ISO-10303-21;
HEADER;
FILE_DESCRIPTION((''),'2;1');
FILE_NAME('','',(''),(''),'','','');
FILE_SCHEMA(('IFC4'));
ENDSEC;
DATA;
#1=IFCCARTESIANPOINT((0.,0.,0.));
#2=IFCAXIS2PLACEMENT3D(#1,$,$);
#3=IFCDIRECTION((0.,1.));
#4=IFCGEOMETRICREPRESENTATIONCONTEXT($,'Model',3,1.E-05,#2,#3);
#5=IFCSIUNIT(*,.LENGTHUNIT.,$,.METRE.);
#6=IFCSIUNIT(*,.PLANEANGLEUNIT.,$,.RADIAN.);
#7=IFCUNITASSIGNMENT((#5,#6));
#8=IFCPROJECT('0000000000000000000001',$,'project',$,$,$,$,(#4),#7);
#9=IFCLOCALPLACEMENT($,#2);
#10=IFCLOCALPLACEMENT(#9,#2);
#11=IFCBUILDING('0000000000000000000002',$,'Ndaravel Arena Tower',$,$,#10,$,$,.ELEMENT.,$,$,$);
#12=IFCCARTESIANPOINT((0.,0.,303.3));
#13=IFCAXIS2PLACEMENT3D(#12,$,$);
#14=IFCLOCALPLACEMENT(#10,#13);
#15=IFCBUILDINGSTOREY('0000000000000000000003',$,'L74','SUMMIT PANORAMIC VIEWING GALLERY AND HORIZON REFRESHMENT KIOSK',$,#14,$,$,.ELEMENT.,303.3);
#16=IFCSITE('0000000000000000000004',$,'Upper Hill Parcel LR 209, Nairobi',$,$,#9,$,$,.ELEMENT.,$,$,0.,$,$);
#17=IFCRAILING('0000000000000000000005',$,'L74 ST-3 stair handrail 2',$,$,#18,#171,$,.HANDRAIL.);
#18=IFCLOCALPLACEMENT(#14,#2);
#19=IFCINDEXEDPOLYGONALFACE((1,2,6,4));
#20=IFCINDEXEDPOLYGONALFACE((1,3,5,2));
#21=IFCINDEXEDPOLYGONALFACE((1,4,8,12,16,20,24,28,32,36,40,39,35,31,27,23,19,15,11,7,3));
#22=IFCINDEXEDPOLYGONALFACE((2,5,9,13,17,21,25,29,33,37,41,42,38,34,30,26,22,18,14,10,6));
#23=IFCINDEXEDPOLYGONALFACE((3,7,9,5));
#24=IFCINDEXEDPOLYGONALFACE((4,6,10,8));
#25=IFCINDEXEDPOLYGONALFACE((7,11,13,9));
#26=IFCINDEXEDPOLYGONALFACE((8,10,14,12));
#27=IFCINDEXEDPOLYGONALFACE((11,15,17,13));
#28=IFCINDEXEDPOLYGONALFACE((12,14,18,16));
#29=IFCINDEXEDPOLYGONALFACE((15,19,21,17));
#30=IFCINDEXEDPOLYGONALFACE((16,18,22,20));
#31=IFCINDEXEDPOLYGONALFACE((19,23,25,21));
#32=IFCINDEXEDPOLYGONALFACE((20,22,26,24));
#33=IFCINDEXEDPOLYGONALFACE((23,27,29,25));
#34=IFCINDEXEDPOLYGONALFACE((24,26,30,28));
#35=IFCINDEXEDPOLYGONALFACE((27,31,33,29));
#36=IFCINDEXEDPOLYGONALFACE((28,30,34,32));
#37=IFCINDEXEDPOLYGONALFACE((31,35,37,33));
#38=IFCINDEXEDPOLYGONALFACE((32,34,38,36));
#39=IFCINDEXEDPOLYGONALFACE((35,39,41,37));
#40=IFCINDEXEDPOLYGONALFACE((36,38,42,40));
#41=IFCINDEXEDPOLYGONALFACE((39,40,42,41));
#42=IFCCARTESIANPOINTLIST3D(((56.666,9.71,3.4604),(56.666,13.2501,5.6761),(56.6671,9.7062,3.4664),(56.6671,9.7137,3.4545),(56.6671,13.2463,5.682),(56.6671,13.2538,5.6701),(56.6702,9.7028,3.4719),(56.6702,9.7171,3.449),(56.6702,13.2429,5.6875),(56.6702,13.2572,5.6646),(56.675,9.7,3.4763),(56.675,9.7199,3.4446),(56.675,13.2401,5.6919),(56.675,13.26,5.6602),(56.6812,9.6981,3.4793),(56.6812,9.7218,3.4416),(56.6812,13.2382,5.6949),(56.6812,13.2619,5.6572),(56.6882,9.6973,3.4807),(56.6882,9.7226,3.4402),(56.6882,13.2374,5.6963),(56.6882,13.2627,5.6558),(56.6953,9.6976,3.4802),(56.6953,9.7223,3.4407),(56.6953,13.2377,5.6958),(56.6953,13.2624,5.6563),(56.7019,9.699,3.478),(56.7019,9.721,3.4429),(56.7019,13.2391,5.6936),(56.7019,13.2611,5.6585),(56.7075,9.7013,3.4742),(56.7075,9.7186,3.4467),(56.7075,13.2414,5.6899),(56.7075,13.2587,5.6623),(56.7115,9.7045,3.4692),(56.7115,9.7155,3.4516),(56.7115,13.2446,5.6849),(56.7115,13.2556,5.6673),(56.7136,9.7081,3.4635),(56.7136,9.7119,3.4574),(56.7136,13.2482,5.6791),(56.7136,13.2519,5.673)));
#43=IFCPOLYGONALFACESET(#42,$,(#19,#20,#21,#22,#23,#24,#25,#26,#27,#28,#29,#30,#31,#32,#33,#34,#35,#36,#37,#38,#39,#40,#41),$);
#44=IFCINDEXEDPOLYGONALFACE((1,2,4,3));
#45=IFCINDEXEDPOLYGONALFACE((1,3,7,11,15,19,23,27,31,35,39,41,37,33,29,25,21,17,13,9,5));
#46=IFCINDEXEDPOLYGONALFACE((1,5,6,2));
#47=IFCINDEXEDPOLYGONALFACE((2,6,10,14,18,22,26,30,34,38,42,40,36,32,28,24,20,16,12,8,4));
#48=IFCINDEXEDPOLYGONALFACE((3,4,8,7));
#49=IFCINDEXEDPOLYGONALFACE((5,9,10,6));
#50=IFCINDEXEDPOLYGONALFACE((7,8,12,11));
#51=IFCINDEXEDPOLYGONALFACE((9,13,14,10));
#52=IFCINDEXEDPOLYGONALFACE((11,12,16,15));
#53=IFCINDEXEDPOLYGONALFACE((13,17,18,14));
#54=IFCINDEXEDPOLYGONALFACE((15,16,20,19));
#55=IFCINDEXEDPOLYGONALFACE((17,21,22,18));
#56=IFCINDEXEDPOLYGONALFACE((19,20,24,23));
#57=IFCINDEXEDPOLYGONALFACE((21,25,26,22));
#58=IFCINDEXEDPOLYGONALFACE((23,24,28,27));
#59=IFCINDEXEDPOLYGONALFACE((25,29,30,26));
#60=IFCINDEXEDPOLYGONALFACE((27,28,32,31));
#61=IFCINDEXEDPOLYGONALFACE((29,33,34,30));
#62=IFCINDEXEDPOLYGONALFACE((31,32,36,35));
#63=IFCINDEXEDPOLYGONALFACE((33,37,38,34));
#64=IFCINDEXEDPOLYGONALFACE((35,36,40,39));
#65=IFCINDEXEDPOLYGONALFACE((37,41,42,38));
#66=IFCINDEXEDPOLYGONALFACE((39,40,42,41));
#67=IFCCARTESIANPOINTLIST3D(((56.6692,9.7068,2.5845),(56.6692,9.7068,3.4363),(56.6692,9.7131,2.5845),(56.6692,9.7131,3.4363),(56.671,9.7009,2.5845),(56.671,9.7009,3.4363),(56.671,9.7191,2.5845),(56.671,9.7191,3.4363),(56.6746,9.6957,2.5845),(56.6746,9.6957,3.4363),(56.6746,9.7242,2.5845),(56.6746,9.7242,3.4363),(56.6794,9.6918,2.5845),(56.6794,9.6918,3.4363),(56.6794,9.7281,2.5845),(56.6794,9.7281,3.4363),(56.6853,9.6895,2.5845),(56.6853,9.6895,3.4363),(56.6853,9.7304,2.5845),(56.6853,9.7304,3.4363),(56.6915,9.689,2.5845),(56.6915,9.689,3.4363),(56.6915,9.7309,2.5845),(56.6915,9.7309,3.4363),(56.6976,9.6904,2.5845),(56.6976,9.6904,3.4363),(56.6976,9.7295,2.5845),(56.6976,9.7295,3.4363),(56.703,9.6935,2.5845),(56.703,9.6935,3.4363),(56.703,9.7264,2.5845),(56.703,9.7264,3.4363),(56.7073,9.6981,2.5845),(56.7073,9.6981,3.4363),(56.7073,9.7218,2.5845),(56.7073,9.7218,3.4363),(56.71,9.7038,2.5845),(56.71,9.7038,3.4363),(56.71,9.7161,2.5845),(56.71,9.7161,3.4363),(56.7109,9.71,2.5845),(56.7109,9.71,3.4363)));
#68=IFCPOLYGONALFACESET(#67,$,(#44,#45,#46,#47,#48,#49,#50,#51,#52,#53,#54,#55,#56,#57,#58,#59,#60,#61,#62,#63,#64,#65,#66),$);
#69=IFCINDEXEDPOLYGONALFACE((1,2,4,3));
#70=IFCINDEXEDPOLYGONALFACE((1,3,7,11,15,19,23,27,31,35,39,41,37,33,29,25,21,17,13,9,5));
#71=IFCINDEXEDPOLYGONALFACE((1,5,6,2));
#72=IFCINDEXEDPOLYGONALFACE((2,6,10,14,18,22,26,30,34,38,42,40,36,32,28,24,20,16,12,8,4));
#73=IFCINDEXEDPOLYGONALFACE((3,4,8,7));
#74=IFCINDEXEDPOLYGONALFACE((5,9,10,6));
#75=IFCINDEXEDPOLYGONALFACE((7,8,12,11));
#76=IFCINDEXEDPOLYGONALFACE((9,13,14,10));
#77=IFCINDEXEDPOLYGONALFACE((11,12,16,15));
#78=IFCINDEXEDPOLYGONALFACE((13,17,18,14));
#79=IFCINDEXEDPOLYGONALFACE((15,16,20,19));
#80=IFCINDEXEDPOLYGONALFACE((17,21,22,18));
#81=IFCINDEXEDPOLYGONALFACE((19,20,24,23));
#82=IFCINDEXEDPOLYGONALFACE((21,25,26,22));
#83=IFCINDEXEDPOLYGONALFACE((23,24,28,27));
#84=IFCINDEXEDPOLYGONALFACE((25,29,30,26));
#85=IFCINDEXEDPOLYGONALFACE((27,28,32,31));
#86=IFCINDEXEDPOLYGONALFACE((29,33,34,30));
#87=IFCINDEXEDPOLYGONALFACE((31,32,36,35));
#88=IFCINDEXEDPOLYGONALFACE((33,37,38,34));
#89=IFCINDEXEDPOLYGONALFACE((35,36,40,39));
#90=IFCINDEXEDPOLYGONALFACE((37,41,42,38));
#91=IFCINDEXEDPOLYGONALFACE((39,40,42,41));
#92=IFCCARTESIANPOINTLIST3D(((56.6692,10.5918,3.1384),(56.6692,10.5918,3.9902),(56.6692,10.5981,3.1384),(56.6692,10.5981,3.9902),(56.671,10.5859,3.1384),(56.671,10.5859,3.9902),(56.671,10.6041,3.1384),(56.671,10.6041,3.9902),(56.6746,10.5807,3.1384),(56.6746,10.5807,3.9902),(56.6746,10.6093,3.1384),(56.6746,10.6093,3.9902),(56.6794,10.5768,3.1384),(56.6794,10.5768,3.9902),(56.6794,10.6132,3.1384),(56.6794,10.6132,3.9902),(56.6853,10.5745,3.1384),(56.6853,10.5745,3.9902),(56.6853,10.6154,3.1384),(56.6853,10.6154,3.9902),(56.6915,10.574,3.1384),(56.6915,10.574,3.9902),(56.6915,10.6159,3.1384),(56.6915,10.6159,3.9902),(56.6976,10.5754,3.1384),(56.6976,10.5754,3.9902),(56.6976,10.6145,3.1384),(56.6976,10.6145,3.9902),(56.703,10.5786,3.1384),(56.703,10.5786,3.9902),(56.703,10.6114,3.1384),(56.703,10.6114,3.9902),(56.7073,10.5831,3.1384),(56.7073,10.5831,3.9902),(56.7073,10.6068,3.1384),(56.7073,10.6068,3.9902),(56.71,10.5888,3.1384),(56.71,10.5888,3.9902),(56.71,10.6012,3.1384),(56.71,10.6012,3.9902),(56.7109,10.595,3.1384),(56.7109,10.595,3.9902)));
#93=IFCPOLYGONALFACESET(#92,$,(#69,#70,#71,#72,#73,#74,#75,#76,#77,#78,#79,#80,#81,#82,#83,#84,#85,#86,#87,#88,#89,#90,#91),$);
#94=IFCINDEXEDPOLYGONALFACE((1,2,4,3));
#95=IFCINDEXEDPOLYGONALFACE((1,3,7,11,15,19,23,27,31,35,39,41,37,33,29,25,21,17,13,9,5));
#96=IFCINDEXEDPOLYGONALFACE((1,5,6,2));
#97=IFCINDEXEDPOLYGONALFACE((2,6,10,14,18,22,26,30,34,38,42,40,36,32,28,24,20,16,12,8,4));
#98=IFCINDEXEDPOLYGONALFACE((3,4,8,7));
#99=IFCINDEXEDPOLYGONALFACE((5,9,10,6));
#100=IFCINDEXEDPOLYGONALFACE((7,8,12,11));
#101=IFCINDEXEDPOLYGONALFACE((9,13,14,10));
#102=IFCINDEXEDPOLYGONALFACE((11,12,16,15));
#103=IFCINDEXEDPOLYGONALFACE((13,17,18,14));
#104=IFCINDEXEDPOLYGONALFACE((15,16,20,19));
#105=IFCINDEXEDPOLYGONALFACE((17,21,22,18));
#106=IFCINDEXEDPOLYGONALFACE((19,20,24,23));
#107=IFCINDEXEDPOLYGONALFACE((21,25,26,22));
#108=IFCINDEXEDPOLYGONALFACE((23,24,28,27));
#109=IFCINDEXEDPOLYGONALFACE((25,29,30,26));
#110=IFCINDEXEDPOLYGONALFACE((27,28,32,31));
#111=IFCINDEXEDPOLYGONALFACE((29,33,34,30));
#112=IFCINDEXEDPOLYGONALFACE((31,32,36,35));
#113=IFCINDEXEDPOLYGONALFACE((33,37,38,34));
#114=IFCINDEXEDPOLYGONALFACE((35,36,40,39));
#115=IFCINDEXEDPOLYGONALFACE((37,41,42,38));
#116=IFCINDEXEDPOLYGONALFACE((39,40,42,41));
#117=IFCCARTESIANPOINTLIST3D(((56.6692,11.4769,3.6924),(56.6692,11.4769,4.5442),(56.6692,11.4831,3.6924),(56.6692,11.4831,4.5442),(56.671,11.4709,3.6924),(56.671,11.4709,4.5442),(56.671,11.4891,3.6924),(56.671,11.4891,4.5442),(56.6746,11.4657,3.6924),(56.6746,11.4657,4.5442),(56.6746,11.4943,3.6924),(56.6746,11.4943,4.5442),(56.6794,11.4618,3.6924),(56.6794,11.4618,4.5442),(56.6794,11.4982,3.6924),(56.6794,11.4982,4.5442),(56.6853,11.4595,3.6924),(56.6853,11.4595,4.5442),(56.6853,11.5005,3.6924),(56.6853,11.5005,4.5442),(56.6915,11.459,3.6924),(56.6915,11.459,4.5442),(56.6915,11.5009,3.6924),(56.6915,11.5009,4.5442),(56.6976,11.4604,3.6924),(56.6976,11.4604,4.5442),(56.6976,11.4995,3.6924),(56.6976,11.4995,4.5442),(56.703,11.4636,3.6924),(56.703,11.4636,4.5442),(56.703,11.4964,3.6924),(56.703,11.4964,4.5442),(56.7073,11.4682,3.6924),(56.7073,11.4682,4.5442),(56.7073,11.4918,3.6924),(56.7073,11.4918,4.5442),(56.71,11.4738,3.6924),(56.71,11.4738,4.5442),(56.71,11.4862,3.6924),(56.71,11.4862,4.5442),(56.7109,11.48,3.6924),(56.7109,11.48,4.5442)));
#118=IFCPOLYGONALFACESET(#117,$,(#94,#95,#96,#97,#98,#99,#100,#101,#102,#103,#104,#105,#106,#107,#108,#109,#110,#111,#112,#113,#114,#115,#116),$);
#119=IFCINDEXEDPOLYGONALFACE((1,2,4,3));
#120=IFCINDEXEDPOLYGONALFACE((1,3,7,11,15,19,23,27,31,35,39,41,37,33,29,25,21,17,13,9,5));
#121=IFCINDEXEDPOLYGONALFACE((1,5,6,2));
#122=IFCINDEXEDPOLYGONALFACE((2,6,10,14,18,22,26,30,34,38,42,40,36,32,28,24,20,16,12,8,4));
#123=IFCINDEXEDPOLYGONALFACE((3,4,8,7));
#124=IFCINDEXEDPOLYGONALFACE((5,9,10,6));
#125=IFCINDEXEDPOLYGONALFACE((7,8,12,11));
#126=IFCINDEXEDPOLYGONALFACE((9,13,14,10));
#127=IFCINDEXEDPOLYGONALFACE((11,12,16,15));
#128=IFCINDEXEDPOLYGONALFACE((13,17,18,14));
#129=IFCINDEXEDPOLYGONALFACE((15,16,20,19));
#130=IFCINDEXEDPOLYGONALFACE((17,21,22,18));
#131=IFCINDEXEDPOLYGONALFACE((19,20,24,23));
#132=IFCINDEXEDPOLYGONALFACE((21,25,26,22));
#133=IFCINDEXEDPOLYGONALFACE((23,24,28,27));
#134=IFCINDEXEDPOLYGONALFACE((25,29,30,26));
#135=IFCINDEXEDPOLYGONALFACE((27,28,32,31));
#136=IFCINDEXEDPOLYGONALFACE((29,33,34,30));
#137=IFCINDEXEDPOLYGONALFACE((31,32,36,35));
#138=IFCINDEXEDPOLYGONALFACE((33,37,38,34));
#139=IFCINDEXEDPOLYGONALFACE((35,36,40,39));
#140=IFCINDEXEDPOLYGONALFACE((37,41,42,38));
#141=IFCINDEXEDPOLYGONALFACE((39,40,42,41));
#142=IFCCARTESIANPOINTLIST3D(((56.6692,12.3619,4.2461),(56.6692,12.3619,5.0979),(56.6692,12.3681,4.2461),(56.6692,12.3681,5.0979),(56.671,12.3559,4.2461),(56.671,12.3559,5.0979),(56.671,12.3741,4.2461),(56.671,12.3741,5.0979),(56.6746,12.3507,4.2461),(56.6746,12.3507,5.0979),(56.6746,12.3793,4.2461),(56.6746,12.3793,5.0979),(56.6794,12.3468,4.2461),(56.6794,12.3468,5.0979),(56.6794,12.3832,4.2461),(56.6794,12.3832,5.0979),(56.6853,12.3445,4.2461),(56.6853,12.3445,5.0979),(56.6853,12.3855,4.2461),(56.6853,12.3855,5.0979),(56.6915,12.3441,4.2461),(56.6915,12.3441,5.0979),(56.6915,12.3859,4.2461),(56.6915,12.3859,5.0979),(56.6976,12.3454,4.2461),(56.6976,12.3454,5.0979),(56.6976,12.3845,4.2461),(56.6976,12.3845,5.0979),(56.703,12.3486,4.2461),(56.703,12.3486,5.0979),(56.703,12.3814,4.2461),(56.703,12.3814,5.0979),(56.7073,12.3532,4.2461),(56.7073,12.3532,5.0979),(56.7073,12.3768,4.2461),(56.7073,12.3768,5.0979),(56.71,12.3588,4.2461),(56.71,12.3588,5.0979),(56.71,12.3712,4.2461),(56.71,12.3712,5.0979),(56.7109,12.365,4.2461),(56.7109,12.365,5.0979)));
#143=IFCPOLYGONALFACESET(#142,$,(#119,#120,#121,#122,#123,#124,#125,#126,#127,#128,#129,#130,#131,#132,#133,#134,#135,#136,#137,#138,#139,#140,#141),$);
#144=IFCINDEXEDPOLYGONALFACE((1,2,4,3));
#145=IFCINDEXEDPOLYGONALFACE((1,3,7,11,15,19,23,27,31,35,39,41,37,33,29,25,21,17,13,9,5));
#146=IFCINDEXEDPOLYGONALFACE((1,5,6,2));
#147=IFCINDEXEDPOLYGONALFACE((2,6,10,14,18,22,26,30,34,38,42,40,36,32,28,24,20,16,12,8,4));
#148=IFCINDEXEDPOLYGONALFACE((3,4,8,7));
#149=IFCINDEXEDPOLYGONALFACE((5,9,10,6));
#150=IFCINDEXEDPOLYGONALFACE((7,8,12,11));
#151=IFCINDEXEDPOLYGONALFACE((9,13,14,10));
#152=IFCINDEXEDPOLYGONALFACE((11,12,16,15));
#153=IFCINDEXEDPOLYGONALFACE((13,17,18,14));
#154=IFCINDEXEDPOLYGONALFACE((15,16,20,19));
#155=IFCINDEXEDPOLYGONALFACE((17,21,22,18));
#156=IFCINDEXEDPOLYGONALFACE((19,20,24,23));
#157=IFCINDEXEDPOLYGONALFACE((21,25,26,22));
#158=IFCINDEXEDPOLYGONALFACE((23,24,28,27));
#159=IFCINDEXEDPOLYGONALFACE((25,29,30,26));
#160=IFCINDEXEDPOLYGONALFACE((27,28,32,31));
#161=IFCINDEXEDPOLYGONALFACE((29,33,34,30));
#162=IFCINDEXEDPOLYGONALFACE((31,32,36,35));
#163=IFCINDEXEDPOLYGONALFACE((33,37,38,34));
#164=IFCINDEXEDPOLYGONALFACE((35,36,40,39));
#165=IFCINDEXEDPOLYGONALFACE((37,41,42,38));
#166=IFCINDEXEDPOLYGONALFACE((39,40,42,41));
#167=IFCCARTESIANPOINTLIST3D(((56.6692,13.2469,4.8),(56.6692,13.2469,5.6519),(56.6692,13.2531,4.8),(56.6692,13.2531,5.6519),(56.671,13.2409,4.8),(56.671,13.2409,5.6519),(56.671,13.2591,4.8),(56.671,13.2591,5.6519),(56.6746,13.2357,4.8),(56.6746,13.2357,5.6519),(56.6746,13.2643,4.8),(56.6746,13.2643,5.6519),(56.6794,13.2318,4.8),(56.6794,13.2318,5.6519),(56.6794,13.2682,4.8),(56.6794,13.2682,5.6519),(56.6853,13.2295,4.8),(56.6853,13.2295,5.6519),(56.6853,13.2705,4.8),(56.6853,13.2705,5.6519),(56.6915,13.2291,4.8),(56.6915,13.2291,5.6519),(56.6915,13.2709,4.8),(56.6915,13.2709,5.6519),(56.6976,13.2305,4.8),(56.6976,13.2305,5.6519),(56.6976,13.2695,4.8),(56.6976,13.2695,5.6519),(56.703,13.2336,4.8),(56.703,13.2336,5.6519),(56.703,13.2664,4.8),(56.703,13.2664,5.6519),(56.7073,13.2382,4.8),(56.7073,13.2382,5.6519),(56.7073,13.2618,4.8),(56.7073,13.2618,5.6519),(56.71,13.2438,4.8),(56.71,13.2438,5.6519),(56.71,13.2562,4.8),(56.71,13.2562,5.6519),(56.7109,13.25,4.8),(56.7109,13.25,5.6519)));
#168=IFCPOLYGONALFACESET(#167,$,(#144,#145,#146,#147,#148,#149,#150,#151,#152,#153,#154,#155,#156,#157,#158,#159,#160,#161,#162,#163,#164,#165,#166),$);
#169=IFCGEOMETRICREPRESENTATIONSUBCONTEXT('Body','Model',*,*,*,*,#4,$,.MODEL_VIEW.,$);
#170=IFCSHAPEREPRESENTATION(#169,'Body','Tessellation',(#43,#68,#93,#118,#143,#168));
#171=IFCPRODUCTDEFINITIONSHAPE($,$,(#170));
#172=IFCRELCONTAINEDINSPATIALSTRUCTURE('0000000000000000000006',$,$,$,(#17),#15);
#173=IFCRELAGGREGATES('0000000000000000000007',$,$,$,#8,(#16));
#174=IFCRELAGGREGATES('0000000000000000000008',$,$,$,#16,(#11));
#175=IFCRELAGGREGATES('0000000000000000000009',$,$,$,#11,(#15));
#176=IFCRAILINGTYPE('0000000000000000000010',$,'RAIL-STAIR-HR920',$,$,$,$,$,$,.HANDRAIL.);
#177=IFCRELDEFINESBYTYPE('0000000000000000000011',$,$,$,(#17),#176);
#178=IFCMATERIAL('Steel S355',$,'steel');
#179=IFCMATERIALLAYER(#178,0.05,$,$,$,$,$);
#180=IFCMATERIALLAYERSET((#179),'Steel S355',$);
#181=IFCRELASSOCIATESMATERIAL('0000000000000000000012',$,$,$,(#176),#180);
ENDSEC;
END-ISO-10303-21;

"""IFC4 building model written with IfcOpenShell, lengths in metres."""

from ifc_helpers import new_model, si_unit, direction, frame, origin, origin_2d, place, context, subcontext, project, spatial, circle, extrude, material, layer, layer_set, type_object, element, save


model = new_model("IFC4")

# Units and contexts
model_context = context("Model", 3, precision=1e-05, world=origin(), true_north=direction((0.0, 1.0)))
body_context = subcontext(model_context, "Body", "Model", "MODEL_VIEW")
ifc_project = project(units=[si_unit("LENGTHUNIT", "METRE"), si_unit("PLANEANGLEUNIT", "RADIAN")], contexts=[model_context])

# Site, building, storey
site_placement = place(None, origin())
site = spatial("IfcSite", under=ifc_project, at=site_placement, Name="Upper Hill Parcel LR 209, Nairobi", CompositionType="ELEMENT", RefElevation=0.0)
building_placement = place(site_placement, origin())
building = spatial("IfcBuilding", under=site, at=building_placement, Name="Ndaravel Arena Tower", CompositionType="ELEMENT")
storey_placement = place(building_placement, frame((0.0, 0.0, 303.3)))
storey = spatial("IfcBuildingStorey", under=building, at=storey_placement, Name="L74", Description="SUMMIT PANORAMIC VIEWING GALLERY AND HORIZON REFRESHMENT KIOSK", CompositionType="ELEMENT", Elevation=303.3)

# Railing
ifc_material_1 = material(Name="Steel S355", Category="steel")
ifc_layer_1 = layer(ifc_material_1, 0.05)
ifc_layer_set_1 = layer_set([ifc_layer_1], Name="Steel S355")
railing_type_1 = type_object("IfcRailingType", Name="RAIL-STAIR-HR920", PredefinedType="HANDRAIL", material=ifc_layer_set_1)
railing_1_placement = place(storey_placement, frame((56.6899, 9.71, 2.5845)))
element("IfcRailing", 1, at=railing_1_placement, inside=storey, type_object=railing_type_1, Name="L74 ST-3 stair handrail 2", PredefinedType="HANDRAIL", context=body_context, shape_type="SweptSolid", body=[
    extrude(circle(Radius=0.0239, at=origin_2d()), frame((0.0, 0.0, 0.876), z_axis=(0.0, 0.84767, 0.530524), x_axis=(-1.0, 0.0, 0.0)), (0.0, 0.0, 1.0), 4.1763),
    extrude(circle(Radius=0.021, at=origin_2d()), origin(), (0.0, 0.0, 1.0), 0.8518),
    extrude(circle(Radius=0.021, at=origin_2d()), frame((0.0, 0.885, 0.554)), (0.0, 0.0, 1.0), 0.8518),
    extrude(circle(Radius=0.021, at=origin_2d()), frame((0.0, 1.77, 1.1079)), (0.0, 0.0, 1.0), 0.8518),
    extrude(circle(Radius=0.021, at=origin_2d()), frame((0.0, 2.655, 1.6616)), (0.0, 0.0, 1.0), 0.8518),
    extrude(circle(Radius=0.021, at=origin_2d()), frame((0.0, 3.54, 2.2156)), (0.0, 0.0, 1.0), 0.8518),
])

save(model, "model.ifc")
